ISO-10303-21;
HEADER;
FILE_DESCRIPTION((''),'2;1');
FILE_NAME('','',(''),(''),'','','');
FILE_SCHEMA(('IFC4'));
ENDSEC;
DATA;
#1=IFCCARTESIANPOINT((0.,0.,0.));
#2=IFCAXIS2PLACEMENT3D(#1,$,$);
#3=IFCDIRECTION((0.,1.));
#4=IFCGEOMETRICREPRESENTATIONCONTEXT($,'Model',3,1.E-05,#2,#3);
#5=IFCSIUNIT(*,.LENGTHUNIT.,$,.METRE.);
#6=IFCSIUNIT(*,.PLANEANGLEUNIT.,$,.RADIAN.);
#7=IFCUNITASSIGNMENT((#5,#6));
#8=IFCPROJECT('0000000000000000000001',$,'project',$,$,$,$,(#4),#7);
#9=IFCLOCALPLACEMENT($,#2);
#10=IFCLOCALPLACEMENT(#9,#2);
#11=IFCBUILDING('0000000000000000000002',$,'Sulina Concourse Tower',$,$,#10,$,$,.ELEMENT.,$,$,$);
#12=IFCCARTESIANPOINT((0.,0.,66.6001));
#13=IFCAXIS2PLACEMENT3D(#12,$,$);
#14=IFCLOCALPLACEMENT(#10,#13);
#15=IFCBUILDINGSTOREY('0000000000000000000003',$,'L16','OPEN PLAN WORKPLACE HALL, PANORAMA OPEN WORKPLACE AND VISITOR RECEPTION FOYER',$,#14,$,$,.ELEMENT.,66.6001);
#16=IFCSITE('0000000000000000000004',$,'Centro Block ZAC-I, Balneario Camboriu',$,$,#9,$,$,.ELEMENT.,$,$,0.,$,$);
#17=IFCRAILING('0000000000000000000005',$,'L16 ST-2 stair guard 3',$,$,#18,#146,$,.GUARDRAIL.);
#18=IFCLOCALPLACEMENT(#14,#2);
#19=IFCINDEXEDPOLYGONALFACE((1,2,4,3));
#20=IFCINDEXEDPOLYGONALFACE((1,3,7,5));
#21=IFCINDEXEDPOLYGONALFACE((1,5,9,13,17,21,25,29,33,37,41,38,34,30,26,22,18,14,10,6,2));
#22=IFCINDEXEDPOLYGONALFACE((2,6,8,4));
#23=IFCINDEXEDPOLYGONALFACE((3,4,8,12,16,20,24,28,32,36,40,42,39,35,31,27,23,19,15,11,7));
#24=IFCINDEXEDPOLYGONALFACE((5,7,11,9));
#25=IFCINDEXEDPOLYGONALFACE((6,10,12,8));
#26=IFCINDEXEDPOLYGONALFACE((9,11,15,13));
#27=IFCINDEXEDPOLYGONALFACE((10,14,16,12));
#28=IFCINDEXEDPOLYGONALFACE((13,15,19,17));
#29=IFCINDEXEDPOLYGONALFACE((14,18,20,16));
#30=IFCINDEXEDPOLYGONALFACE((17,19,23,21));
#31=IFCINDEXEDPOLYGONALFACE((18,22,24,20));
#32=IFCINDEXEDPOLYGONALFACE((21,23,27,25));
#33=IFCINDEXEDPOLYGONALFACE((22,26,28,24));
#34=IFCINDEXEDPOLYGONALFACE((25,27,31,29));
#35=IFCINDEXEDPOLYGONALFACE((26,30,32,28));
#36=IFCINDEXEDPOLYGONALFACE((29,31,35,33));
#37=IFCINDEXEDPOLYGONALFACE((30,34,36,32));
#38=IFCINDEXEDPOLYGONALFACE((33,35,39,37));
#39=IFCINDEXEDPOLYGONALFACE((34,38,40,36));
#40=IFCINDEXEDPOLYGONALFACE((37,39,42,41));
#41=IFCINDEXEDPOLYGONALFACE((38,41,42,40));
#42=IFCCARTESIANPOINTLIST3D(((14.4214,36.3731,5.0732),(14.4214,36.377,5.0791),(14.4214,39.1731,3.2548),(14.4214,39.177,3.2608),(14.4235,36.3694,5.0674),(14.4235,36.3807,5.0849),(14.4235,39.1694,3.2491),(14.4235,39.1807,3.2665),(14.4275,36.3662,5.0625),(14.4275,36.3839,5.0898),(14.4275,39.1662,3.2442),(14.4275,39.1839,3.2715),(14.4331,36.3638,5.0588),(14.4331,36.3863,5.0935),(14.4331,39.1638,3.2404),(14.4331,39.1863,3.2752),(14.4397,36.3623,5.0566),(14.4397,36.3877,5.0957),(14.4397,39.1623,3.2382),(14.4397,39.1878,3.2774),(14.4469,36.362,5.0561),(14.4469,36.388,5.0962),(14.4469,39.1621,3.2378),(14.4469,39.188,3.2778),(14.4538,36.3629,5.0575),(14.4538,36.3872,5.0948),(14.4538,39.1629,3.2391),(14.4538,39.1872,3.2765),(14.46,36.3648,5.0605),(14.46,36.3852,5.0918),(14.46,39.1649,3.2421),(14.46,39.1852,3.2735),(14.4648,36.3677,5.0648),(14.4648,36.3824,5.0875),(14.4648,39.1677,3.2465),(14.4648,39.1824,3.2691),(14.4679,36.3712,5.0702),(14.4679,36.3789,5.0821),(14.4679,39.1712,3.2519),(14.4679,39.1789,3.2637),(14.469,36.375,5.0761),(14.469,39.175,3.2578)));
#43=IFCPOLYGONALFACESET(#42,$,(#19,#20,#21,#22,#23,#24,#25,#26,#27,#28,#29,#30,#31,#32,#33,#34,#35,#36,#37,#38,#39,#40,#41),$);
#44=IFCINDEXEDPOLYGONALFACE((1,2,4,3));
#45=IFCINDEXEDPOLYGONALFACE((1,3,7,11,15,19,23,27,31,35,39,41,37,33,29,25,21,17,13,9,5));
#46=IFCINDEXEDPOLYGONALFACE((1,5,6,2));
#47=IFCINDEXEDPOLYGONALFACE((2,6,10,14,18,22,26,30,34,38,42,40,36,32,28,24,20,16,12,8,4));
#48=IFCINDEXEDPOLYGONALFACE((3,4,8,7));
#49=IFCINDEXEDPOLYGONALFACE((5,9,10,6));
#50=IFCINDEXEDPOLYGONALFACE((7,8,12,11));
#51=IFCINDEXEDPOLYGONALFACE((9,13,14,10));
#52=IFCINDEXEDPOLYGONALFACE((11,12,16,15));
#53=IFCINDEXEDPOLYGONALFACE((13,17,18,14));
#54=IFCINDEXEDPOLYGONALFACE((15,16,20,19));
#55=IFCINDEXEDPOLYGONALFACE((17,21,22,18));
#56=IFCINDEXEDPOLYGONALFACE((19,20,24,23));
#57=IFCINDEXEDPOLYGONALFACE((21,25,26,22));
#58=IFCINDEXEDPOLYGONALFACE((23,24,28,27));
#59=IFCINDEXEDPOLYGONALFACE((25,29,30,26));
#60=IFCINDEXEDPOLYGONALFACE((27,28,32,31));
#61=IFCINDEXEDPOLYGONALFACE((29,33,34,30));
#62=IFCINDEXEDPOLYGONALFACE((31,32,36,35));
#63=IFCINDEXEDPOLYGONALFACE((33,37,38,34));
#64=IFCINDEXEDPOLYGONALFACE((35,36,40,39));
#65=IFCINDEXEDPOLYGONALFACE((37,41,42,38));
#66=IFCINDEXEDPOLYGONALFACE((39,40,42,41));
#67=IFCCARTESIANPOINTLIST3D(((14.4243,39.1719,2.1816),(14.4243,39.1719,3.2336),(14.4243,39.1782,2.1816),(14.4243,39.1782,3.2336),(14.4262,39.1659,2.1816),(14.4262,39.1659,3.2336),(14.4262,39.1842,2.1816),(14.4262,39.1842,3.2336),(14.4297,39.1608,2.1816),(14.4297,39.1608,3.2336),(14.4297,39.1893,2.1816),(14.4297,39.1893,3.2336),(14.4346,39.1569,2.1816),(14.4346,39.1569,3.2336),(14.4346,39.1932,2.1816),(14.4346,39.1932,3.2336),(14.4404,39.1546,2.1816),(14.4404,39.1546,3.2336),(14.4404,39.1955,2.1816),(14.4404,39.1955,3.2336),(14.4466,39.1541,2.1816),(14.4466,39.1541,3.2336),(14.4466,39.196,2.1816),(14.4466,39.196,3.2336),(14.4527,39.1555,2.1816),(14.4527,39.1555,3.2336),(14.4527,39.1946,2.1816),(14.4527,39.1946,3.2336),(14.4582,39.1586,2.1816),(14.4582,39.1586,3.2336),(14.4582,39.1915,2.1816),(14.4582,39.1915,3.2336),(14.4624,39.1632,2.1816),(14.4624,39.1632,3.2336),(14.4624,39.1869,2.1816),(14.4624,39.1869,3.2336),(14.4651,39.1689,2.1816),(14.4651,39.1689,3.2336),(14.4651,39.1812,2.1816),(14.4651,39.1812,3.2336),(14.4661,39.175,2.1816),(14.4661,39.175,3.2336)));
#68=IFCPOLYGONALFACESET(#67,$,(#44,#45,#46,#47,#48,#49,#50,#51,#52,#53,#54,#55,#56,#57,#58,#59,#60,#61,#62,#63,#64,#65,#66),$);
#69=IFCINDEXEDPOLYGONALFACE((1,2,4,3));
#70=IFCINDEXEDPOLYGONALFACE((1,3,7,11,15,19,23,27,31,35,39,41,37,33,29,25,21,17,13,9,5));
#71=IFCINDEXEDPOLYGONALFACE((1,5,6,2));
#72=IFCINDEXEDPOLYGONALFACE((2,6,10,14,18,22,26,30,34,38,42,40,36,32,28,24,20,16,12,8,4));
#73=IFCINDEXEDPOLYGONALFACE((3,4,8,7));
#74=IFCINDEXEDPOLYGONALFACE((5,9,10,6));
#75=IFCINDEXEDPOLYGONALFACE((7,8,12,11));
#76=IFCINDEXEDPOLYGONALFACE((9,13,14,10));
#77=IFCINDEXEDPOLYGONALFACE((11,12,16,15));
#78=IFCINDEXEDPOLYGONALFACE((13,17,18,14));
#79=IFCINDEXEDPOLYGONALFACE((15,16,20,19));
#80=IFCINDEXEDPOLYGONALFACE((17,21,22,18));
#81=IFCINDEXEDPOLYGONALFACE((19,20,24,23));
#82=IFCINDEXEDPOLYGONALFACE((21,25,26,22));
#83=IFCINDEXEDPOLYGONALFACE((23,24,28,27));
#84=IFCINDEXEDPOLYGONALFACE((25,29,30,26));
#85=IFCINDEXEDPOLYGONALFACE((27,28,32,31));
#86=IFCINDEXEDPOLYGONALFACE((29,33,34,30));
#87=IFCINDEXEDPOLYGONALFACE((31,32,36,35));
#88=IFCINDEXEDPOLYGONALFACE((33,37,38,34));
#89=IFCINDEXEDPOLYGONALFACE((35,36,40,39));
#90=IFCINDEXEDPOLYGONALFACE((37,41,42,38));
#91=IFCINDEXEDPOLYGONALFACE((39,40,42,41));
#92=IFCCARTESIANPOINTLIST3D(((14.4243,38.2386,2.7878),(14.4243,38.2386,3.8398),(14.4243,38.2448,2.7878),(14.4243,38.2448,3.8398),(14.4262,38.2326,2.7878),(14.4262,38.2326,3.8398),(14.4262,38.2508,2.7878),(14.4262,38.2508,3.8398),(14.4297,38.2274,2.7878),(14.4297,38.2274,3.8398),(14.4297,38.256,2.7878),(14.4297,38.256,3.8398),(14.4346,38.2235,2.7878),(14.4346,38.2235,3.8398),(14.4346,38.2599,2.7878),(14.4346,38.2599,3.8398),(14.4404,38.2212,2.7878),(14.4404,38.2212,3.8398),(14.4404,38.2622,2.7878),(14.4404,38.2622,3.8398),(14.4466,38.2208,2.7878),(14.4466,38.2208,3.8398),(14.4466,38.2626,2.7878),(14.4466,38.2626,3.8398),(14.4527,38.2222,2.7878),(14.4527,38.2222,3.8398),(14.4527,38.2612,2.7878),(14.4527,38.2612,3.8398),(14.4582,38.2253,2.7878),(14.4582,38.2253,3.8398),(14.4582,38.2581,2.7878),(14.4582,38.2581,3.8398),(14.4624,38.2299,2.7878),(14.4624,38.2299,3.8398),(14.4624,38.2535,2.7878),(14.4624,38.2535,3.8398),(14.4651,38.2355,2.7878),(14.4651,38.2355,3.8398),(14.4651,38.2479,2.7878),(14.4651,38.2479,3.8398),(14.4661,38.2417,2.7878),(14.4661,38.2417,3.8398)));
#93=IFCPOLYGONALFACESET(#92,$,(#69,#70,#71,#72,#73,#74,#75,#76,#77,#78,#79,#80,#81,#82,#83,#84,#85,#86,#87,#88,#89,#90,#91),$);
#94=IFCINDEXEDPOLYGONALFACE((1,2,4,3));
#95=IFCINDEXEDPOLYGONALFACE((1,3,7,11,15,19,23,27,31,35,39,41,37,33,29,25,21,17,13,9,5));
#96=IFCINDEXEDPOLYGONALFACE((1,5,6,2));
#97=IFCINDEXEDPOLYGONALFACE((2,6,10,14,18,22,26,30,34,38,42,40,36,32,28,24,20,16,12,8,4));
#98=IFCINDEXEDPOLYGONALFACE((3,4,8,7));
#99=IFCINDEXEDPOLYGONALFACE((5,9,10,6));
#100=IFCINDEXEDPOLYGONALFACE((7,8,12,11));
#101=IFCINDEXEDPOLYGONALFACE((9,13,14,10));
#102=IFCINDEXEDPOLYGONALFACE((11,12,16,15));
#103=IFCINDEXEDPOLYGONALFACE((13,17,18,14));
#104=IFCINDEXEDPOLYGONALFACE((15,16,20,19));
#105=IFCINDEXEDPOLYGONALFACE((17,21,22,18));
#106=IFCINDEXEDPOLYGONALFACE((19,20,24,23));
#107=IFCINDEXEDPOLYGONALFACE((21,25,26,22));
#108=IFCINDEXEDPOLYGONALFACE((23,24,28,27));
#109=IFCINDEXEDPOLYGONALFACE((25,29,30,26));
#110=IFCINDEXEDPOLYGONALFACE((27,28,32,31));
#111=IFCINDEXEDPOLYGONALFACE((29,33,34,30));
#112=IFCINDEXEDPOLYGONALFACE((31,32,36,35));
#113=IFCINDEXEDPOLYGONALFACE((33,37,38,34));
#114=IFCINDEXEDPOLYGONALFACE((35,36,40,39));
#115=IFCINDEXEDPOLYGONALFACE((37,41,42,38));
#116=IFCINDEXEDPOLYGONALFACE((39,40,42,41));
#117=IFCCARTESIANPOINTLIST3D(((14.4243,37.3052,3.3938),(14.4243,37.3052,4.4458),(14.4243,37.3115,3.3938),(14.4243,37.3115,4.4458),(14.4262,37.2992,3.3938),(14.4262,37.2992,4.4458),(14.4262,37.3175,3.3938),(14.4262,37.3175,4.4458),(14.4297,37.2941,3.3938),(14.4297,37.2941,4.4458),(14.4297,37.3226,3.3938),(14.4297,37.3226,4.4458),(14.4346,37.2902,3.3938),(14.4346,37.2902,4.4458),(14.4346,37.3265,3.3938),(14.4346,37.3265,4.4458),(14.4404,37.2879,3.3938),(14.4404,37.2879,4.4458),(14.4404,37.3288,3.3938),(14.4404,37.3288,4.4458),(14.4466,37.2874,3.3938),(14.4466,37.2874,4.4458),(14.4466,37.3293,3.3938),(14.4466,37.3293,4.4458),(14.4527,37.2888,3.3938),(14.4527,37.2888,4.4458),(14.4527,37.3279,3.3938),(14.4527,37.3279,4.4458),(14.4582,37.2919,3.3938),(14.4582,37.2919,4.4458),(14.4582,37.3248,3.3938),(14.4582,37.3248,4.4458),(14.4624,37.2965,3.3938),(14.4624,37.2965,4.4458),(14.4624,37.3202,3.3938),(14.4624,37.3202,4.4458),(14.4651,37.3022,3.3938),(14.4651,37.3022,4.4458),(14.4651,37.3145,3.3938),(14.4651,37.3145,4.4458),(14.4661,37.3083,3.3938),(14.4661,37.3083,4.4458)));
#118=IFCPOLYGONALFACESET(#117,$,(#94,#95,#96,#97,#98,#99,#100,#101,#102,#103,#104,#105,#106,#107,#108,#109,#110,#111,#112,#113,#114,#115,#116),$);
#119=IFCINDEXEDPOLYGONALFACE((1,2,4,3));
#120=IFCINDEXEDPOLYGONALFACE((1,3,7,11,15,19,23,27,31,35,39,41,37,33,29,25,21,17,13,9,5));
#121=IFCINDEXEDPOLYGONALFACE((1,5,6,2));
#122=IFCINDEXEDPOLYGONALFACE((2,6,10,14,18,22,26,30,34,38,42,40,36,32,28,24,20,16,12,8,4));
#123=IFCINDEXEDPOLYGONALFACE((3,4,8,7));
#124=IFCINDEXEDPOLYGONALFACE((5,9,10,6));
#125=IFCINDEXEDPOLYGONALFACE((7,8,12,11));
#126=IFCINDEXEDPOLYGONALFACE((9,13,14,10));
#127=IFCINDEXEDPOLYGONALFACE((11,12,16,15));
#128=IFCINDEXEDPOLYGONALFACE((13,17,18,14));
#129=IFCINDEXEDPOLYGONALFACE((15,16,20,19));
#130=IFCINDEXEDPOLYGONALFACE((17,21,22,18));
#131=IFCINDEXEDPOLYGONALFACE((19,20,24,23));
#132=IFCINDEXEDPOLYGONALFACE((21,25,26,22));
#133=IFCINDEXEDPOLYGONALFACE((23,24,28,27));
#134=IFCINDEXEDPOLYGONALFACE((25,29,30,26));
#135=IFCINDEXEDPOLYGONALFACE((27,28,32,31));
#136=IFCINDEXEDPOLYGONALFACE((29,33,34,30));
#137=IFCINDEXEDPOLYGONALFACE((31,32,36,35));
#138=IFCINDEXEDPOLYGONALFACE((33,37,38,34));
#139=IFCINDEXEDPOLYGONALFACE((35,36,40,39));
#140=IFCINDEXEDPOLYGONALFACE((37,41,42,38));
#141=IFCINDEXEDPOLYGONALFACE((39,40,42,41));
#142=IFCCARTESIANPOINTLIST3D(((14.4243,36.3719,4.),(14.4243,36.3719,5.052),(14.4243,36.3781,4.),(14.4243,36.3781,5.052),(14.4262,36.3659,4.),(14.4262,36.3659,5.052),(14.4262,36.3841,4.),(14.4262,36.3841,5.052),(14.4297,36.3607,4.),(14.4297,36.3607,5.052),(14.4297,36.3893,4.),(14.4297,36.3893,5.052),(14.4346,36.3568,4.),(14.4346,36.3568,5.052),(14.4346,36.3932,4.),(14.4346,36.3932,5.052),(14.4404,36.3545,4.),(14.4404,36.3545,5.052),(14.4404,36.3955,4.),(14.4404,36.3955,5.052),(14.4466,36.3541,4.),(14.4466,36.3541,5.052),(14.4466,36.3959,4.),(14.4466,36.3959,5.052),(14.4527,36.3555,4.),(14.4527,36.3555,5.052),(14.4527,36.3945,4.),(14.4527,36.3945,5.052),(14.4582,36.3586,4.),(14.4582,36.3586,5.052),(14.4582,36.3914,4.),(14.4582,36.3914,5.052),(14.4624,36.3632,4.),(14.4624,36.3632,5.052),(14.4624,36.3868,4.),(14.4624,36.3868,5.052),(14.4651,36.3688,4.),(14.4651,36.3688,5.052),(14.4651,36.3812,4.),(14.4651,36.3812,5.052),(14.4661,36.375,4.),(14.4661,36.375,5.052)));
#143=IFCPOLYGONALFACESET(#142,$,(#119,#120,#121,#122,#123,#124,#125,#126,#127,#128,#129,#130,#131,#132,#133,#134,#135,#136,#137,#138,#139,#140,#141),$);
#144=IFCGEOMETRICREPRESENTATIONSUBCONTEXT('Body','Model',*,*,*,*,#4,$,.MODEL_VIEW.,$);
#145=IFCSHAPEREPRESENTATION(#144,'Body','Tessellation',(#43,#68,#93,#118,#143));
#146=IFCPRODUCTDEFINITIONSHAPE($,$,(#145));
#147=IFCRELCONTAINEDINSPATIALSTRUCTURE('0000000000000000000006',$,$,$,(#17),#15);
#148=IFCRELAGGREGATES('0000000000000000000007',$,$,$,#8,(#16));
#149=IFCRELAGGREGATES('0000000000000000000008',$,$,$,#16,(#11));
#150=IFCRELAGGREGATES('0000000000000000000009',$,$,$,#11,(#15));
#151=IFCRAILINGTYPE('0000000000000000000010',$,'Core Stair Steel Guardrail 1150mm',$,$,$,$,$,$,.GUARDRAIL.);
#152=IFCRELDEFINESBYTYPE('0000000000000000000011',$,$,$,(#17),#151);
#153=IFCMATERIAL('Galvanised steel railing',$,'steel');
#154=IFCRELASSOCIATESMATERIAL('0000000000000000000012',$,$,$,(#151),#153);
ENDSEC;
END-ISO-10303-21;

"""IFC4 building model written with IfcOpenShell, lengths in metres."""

from ifc_helpers import new_model, si_unit, direction, frame, origin, origin_2d, place, context, subcontext, project, spatial, circle, extrude, material, type_object, element, save


model = new_model("IFC4")

# Units and contexts
model_context = context("Model", 3, precision=1e-05, world=origin(), true_north=direction((0.0, 1.0)))
body_context = subcontext(model_context, "Body", "Model", "MODEL_VIEW")
ifc_project = project(units=[si_unit("LENGTHUNIT", "METRE"), si_unit("PLANEANGLEUNIT", "RADIAN")], contexts=[model_context])

# Site, building, storey
site_placement = place(None, origin())
site = spatial("IfcSite", under=ifc_project, at=site_placement, Name="Centro Block ZAC-I, Balneario Camboriu", CompositionType="ELEMENT", RefElevation=0.0)
building_placement = place(site_placement, origin())
building = spatial("IfcBuilding", under=site, at=building_placement, Name="Sulina Concourse Tower", CompositionType="ELEMENT")
storey_placement = place(building_placement, frame((0.0, 0.0, 66.6001)))
storey = spatial("IfcBuildingStorey", under=building, at=storey_placement, Name="L16", Description="OPEN PLAN WORKPLACE HALL, PANORAMA OPEN WORKPLACE AND VISITOR RECEPTION FOYER", CompositionType="ELEMENT", Elevation=66.6001)

# Railing
ifc_material_1 = material(Name="Galvanised steel railing", Category="steel")
railing_type_1 = type_object("IfcRailingType", Name="Core Stair Steel Guardrail 1150mm", PredefinedType="GUARDRAIL", material=ifc_material_1)
railing_1_placement = place(storey_placement, frame((14.4451, 39.175, 2.1816)))
element("IfcRailing", 1, at=railing_1_placement, inside=storey, type_object=railing_type_1, Name="L16 ST-2 stair guard 3", PredefinedType="GUARDRAIL", context=body_context, shape_type="SweptSolid", body=[
    extrude(circle(Radius=0.0239, at=origin_2d()), frame((0.0, 0.0, 1.0762), z_axis=(0.0, -0.838672, 0.544636), x_axis=(1.0, 0.0, 0.0)), (0.0, 0.0, 1.0), 3.3386),
    extrude(circle(Radius=0.021, at=origin_2d()), origin(), (0.0, 0.0, 1.0), 1.052),
    extrude(circle(Radius=0.021, at=origin_2d()), frame((0.0, -0.9333, 0.6062)), (0.0, 0.0, 1.0), 1.052),
    extrude(circle(Radius=0.021, at=origin_2d()), frame((0.0, -1.8667, 1.2122)), (0.0, 0.0, 1.0), 1.052),
    extrude(circle(Radius=0.021, at=origin_2d()), frame((0.0, -2.8, 1.8184)), (0.0, 0.0, 1.0), 1.052),
])

save(model, "model.ifc")
